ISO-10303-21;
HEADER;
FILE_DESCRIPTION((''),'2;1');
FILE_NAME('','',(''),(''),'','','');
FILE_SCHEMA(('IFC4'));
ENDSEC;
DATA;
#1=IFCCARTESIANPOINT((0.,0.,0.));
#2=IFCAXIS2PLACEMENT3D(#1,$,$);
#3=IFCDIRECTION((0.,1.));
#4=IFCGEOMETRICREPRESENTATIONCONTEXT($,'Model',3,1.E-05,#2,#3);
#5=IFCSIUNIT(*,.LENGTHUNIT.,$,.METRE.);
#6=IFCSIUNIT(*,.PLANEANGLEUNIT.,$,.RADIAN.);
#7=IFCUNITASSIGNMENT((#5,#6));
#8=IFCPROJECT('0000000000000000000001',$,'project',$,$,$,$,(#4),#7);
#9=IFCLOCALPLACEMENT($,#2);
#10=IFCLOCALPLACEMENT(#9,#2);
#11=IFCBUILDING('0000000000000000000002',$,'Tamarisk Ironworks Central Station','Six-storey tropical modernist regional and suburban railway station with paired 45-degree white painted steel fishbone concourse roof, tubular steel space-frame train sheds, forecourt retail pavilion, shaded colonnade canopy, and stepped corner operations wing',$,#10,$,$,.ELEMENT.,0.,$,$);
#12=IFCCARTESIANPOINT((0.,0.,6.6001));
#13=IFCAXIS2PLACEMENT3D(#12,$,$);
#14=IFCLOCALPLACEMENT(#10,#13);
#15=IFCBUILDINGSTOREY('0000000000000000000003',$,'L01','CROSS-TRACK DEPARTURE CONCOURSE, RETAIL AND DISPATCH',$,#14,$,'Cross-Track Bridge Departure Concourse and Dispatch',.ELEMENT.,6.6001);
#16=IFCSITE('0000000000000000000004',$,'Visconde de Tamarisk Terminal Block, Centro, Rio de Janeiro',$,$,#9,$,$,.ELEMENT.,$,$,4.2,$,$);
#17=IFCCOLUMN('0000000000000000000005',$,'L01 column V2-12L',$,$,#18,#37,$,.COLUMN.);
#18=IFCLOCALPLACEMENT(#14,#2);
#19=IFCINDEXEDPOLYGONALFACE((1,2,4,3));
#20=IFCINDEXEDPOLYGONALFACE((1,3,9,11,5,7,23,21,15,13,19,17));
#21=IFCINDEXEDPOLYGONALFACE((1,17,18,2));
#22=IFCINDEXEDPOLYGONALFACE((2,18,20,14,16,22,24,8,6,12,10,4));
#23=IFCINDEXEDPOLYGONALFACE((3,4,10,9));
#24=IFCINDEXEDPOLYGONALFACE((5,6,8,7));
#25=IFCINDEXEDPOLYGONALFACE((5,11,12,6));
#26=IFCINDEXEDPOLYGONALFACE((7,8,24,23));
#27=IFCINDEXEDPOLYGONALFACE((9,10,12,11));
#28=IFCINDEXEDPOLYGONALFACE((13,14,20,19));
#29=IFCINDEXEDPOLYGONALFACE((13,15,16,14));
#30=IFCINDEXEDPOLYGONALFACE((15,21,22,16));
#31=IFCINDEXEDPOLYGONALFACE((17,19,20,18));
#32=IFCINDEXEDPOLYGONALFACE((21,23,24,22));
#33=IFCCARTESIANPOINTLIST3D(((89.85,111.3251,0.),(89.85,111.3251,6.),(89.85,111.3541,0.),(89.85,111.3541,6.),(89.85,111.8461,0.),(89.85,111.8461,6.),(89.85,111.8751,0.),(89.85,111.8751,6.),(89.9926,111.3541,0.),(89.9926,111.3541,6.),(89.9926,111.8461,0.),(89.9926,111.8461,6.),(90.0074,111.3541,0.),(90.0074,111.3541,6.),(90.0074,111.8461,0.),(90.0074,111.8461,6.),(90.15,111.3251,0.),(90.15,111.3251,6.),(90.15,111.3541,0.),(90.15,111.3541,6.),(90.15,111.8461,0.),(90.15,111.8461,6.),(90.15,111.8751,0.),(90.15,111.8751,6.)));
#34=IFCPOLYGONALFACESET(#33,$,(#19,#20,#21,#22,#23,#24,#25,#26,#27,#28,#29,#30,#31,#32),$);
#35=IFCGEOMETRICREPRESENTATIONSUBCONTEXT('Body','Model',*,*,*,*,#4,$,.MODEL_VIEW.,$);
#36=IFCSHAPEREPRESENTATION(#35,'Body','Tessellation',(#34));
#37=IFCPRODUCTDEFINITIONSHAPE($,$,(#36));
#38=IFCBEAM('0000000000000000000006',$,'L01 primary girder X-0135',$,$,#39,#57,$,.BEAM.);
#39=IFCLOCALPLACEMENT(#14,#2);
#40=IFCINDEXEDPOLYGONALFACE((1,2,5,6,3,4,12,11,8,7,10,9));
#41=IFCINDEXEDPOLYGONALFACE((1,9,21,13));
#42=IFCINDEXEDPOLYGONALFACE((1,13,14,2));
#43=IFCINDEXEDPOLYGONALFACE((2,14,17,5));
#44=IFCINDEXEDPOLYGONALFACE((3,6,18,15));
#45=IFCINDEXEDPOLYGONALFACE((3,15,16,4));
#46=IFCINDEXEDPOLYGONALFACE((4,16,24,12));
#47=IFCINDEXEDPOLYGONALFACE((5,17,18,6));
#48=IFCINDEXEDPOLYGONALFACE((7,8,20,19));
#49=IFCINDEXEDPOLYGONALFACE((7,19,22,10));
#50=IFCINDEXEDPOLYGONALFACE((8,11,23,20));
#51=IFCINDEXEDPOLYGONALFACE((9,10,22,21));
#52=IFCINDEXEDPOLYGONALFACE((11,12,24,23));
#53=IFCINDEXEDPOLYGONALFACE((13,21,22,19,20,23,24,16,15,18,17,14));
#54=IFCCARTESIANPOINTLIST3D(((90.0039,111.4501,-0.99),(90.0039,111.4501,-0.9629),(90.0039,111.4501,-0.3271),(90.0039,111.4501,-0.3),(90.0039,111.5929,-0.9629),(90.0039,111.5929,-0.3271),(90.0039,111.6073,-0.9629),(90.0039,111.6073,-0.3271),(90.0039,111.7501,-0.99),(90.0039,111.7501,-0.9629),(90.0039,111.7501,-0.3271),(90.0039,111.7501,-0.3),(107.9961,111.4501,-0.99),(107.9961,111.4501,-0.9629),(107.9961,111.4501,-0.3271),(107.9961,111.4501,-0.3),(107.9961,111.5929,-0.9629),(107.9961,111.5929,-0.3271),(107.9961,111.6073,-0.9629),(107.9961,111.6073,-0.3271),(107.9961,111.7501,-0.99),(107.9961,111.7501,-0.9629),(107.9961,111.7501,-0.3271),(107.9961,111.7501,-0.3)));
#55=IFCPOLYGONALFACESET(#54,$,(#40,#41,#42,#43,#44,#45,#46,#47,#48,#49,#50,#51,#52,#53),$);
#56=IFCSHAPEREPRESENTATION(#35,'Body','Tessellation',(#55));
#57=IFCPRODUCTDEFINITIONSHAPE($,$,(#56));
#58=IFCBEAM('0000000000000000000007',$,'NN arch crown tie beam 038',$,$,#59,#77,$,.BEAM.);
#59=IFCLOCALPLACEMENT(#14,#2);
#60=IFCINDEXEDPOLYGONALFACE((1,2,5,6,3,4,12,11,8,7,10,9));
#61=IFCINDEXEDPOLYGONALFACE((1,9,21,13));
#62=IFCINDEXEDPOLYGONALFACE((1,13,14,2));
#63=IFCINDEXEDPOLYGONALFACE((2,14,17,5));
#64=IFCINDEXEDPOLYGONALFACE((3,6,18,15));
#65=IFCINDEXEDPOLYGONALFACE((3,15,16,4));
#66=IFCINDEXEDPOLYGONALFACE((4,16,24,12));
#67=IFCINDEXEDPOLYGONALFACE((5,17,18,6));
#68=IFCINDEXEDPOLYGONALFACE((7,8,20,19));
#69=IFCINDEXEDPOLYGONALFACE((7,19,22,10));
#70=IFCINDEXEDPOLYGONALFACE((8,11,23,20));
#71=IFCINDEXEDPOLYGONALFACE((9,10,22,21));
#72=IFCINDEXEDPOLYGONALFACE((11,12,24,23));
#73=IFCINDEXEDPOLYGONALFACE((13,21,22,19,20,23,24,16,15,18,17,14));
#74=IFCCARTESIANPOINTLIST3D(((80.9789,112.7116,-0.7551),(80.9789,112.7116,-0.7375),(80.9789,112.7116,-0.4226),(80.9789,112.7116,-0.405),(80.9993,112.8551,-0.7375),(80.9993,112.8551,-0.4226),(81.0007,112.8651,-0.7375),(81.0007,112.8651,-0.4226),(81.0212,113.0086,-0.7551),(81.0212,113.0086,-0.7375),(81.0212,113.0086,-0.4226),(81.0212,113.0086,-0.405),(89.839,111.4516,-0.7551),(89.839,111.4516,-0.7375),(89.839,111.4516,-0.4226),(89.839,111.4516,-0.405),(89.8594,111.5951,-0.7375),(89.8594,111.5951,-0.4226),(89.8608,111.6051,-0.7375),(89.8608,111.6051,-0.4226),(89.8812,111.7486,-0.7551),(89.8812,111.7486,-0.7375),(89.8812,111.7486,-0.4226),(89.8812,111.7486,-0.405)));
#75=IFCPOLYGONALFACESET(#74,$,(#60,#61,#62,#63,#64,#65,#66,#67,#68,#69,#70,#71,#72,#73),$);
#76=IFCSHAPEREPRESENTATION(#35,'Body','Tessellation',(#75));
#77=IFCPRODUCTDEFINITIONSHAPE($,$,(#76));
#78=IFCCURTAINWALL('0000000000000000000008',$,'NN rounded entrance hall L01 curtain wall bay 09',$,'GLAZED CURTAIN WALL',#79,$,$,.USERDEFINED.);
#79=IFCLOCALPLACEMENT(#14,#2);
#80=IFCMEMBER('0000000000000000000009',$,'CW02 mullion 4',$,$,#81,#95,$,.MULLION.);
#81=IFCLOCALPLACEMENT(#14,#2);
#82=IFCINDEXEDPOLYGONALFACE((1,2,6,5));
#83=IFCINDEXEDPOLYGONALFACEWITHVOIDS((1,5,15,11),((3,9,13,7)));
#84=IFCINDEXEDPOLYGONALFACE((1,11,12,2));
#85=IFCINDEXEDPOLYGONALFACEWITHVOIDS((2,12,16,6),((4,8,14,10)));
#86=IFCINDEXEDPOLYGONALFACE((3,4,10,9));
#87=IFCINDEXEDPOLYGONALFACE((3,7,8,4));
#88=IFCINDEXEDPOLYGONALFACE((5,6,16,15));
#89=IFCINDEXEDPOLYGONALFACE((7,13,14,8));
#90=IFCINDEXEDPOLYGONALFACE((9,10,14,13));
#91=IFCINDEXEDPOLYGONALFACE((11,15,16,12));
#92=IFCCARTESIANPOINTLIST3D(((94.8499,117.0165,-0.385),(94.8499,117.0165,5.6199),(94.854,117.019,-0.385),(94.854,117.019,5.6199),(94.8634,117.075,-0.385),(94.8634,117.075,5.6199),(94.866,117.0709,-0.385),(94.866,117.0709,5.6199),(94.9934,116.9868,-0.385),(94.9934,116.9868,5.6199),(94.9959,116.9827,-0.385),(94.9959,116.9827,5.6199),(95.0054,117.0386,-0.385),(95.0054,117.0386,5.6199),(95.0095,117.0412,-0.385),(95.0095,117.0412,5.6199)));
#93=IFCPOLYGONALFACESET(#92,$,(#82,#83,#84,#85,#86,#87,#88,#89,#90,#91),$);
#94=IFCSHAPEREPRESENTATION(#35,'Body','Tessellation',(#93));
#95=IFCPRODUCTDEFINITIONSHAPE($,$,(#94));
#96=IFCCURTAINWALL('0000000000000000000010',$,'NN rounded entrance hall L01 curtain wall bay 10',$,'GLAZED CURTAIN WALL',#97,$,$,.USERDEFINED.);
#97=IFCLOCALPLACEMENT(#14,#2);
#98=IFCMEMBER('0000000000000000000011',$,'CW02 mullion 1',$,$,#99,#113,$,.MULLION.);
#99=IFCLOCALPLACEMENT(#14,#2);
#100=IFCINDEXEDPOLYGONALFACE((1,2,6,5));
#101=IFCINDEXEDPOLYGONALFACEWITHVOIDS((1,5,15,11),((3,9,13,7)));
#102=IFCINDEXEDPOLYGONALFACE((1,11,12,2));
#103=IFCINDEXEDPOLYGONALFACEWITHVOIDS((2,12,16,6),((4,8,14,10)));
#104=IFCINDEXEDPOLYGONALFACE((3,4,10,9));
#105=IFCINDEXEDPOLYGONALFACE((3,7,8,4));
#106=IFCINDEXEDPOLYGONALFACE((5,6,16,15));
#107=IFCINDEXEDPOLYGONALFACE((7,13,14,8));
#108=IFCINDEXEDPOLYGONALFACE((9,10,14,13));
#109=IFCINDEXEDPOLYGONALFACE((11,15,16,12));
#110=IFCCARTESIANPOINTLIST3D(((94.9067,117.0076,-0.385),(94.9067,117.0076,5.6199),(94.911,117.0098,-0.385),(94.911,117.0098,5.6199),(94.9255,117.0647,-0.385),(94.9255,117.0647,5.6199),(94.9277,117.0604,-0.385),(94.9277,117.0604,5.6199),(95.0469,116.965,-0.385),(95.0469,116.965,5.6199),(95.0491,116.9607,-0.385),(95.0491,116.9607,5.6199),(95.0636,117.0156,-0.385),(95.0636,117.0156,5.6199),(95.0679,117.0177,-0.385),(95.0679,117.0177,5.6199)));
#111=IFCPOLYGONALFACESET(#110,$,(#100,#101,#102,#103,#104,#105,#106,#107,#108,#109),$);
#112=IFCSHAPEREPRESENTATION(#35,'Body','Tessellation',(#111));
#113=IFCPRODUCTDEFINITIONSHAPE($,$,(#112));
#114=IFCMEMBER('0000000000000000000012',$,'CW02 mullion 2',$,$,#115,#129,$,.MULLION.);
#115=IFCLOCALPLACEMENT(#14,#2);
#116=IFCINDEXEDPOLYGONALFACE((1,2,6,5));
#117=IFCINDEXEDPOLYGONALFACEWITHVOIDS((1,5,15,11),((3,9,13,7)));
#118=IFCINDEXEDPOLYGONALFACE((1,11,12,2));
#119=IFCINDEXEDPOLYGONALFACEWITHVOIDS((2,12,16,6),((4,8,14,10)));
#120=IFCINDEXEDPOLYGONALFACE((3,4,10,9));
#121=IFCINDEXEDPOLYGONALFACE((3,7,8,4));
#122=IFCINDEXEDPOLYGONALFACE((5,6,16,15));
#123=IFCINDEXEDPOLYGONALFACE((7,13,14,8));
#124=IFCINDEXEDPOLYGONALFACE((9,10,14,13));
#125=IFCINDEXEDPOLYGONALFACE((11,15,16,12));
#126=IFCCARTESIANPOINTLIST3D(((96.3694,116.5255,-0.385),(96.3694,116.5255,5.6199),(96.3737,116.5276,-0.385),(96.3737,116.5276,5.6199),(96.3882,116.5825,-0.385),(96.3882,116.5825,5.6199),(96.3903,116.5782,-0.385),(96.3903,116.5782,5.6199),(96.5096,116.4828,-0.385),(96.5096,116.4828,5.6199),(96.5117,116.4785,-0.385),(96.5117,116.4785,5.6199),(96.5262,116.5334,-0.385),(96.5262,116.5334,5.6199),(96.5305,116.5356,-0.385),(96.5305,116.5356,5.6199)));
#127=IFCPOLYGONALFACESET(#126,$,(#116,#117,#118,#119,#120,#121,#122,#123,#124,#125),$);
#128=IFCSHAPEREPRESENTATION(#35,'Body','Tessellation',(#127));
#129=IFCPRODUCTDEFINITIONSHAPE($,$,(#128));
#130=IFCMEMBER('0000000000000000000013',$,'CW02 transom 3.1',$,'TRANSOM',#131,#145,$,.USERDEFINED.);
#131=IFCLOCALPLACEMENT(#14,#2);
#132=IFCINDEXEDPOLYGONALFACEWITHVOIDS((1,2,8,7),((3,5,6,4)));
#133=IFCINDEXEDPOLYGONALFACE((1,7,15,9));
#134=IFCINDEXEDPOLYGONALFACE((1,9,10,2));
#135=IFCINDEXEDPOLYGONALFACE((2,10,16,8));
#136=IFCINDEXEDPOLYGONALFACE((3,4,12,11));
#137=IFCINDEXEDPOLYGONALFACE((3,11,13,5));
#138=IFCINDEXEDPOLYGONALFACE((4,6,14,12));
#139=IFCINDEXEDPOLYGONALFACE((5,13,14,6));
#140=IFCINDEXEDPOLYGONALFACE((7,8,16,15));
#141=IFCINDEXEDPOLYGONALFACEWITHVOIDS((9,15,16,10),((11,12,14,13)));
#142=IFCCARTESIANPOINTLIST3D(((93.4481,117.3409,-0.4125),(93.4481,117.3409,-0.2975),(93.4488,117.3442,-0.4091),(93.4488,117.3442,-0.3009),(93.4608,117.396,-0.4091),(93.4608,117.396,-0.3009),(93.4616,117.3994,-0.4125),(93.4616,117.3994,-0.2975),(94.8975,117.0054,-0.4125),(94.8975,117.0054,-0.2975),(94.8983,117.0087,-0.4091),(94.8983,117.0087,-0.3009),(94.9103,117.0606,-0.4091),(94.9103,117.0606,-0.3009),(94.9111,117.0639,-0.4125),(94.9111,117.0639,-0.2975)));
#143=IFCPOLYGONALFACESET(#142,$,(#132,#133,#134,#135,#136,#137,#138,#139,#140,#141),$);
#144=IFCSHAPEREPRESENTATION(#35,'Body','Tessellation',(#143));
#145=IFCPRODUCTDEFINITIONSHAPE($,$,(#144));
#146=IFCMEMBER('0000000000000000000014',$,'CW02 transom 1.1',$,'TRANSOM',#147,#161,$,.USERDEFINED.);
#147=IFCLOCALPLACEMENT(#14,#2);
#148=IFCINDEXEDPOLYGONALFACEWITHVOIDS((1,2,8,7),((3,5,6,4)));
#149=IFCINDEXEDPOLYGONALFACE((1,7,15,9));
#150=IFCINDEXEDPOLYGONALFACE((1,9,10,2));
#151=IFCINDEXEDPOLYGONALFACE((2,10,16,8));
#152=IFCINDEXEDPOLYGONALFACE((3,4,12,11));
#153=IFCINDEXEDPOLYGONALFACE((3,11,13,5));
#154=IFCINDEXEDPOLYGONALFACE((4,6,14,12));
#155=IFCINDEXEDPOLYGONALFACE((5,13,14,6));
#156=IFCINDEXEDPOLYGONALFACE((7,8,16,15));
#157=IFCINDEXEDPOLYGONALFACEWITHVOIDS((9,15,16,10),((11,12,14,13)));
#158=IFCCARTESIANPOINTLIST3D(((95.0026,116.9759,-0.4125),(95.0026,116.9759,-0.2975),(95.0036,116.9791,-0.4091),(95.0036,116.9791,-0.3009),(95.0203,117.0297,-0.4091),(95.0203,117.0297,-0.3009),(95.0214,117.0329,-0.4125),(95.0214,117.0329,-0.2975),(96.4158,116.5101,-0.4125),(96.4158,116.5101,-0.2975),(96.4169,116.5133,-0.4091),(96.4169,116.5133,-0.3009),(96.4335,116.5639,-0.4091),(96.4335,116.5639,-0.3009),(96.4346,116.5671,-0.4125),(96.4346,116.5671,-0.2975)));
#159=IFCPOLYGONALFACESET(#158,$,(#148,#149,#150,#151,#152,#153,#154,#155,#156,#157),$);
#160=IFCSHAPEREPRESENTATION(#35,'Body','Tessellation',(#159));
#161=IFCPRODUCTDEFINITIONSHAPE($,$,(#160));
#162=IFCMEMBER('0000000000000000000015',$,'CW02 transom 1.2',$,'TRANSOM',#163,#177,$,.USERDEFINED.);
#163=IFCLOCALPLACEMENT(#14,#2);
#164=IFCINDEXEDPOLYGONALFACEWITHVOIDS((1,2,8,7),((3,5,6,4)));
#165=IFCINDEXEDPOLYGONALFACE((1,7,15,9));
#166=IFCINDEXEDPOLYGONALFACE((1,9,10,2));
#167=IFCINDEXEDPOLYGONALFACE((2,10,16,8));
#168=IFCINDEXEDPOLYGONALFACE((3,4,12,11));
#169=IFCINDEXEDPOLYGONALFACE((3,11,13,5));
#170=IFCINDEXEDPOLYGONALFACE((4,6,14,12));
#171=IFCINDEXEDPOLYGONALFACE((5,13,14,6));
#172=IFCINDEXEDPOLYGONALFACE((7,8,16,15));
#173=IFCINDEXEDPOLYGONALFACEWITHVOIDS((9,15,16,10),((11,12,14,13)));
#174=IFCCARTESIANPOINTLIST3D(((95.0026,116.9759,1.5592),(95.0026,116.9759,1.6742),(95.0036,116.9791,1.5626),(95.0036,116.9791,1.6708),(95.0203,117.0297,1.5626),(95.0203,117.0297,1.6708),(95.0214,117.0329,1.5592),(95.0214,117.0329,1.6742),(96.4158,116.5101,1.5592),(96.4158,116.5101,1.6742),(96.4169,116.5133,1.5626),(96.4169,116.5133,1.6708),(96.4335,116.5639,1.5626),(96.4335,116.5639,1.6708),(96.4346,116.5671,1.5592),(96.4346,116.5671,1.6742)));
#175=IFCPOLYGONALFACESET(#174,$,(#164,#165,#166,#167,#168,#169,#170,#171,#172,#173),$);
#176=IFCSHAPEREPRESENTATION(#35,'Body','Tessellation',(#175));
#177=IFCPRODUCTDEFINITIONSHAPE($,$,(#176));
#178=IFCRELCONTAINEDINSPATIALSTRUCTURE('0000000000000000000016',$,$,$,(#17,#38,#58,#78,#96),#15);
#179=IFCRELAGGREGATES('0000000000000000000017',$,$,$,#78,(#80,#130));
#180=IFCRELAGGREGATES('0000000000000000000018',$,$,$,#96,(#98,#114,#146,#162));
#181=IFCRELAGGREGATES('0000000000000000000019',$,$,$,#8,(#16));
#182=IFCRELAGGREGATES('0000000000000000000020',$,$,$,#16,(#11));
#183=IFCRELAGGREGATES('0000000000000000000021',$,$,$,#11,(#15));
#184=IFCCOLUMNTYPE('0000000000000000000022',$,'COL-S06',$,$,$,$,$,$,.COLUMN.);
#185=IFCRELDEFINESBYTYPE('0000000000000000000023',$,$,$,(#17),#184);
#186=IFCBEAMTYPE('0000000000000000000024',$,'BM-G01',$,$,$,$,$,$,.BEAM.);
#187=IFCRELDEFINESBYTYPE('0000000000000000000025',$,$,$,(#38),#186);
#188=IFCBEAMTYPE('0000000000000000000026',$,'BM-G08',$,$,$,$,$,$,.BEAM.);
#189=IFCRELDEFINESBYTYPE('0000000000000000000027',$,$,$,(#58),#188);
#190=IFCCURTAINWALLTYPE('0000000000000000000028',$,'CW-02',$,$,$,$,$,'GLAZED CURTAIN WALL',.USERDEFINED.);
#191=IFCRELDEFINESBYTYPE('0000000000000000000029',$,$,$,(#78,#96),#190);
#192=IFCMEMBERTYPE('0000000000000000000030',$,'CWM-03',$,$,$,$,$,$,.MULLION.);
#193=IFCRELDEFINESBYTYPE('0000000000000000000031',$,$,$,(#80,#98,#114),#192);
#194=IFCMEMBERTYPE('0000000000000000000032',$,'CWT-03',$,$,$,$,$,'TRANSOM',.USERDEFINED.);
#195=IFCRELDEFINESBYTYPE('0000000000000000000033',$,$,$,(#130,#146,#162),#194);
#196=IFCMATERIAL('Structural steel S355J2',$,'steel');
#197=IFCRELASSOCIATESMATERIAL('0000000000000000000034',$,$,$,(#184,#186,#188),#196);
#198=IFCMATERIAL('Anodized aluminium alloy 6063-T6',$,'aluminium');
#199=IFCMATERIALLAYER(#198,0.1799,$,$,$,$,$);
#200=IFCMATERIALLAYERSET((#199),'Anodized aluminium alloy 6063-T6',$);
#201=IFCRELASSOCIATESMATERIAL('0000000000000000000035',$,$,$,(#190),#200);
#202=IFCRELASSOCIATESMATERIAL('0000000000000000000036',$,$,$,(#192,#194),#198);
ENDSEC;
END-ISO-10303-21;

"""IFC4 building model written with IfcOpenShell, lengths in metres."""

from ifc_helpers import new_model, si_unit, direction, frame, origin, origin_2d, place, context, subcontext, project, spatial, hollow_rectangle, i_section, extrude, material, layer, layer_set, material_profile, profile_set, type_object, element, aggregate, save


model = new_model("IFC4")

# Units and contexts
model_context = context("Model", 3, precision=1e-05, world=origin(), true_north=direction((0.0, 1.0)))
body_context = subcontext(model_context, "Body", "Model", "MODEL_VIEW")
ifc_project = project(units=[si_unit("LENGTHUNIT", "METRE"), si_unit("PLANEANGLEUNIT", "RADIAN")], contexts=[model_context])

# Site, building, storey
site_placement = place(None, origin())
site = spatial("IfcSite", under=ifc_project, at=site_placement, Name="Visconde de Tamarisk Terminal Block, Centro, Rio de Janeiro", CompositionType="ELEMENT", RefElevation=4.2)
building_placement = place(site_placement, origin())
building = spatial("IfcBuilding", under=site, at=building_placement, Name="Tamarisk Ironworks Central Station", Description="Six-storey tropical modernist regional and suburban railway station with paired 45-degree white painted steel fishbone concourse roof, tubular steel space-frame train sheds, forecourt retail pavilion, shaded colonnade canopy, and stepped corner operations wing", CompositionType="ELEMENT", ElevationOfRefHeight=0.0)
storey_placement = place(building_placement, frame((0.0, 0.0, 6.6001)))
storey = spatial("IfcBuildingStorey", under=building, at=storey_placement, Name="L01", Description="CROSS-TRACK DEPARTURE CONCOURSE, RETAIL AND DISPATCH", LongName="Cross-Track Bridge Departure Concourse and Dispatch", CompositionType="ELEMENT", Elevation=6.6001)

# Column
ifc_material_1 = material(Name="Structural steel S355J2", Category="steel")
ifc_material_profile_1 = material_profile(ifc_material_1, i_section(OverallWidth=0.3, OverallDepth=0.55, WebThickness=0.0149, FlangeThickness=0.0291, at=origin_2d()), Name="HEB 550")
ifc_profile_set_1 = profile_set([ifc_material_profile_1], Name="Structural steel S355J2")
column_type = type_object("IfcColumnType", Name="COL-S06", PredefinedType="COLUMN", material=ifc_profile_set_1)
column_placement = place(storey_placement, frame((90.0, 111.6001, 0.0), z_axis=(0.0, 0.0, 1.0), x_axis=(1.0, 0.0, 0.0)))
element("IfcColumn", 1, at=column_placement, inside=storey, type_object=column_type, Name="L01 column V2-12L", PredefinedType="COLUMN", context=body_context, shape_type="SweptSolid", body=[
    extrude(i_section(OverallWidth=0.3, OverallDepth=0.55, WebThickness=0.0149, FlangeThickness=0.0291, at=origin_2d()), origin(), (0.0, 0.0, 1.0), 6.0),
])

# Beams
ifc_material_profile_2 = material_profile(ifc_material_1, i_section(OverallWidth=0.3, OverallDepth=0.6899, WebThickness=0.0144, FlangeThickness=0.0271, at=origin_2d()), Name="HEA 700")
ifc_profile_set_2 = profile_set([ifc_material_profile_2], Name="Structural steel S355J2")
beam_type_1 = type_object("IfcBeamType", Name="BM-G01", PredefinedType="BEAM", material=ifc_profile_set_2)
beam_1_placement = place(storey_placement, frame((90.0039, 111.6001, -0.645), z_axis=(1.0, 0.0, 0.0), x_axis=(0.0, 1.0, 0.0)))
element("IfcBeam", 2, at=beam_1_placement, inside=storey, type_object=beam_type_1, Name="L01 primary girder X-0135", PredefinedType="BEAM", context=body_context, shape_type="SweptSolid", body=[
    extrude(i_section(OverallWidth=0.3, OverallDepth=0.6899, WebThickness=0.0144, FlangeThickness=0.0271, at=origin_2d()), origin(), (0.0, 0.0, 1.0), 17.9922),
])
ifc_material_profile_3 = material_profile(ifc_material_1, i_section(OverallWidth=0.3, OverallDepth=0.3501, WebThickness=0.01, FlangeThickness=0.0176, at=origin_2d()), Name="HEA 360")
ifc_profile_set_3 = profile_set([ifc_material_profile_3], Name="Structural steel S355J2")
beam_type_2 = type_object("IfcBeamType", Name="BM-G08", PredefinedType="BEAM", material=ifc_profile_set_3)
beam_2_placement = place(storey_placement, frame((89.8601, 111.6001, -0.5801), z_axis=(-0.990039, 0.140795, 0.0), x_axis=(-0.140795, -0.990039, 0.0)))
element("IfcBeam", 3, at=beam_2_placement, inside=storey, type_object=beam_type_2, Name="NN arch crown tie beam 038", PredefinedType="BEAM", context=body_context, shape_type="SweptSolid", body=[
    extrude(i_section(OverallWidth=0.3, OverallDepth=0.3501, WebThickness=0.01, FlangeThickness=0.0176, at=origin_2d()), origin(), (0.0, 0.0, 1.0), 8.9492),
])

# Curtain wall, member
ifc_material_2 = material(Name="Anodized aluminium alloy 6063-T6", Category="aluminium")
ifc_layer_1 = layer(ifc_material_2, 0.1799)
ifc_layer_set_1 = layer_set([ifc_layer_1], Name="Anodized aluminium alloy 6063-T6")
curtain_wall_type = type_object("IfcCurtainWallType", Name="CW-02", ElementType="GLAZED CURTAIN WALL", PredefinedType="USERDEFINED", material=ifc_layer_set_1)
curtain_wall_1_placement = place(storey_placement, origin())
curtain_wall_1 = element("IfcCurtainWall", 4, at=curtain_wall_1_placement, inside=storey, type_object=curtain_wall_type, Name="NN rounded entrance hall L01 curtain wall bay 09", ObjectType="GLAZED CURTAIN WALL", PredefinedType="USERDEFINED")
ifc_material_profile_4 = material_profile(ifc_material_2, hollow_rectangle(XDim=0.0601, YDim=0.1499, WallThickness=0.0034, at=origin_2d()), Name="ALUM 150x60")
ifc_profile_set_4 = profile_set([ifc_material_profile_4], Name="Anodized aluminium alloy 6063-T6")
member_type_1 = type_object("IfcMemberType", Name="CWM-03", PredefinedType="MULLION", material=ifc_profile_set_4)
member_1_placement = place(storey_placement, frame((94.9297, 117.0288, -0.385), z_axis=(0.0, 0.0, 1.0), x_axis=(0.225517, 0.974239, 0.0)))
member_1 = element("IfcMember", 5, at=member_1_placement, type_object=member_type_1, Name="CW02 mullion 4", PredefinedType="MULLION", context=body_context, shape_type="SweptSolid", body=[
    extrude(hollow_rectangle(XDim=0.0601, YDim=0.1499, WallThickness=0.0034, at=origin_2d()), origin(), (0.0, 0.0, 1.0), 6.0049),
])

# Curtain wall, members
curtain_wall_2_placement = place(storey_placement, origin())
curtain_wall_2 = element("IfcCurtainWall", 6, at=curtain_wall_2_placement, inside=storey, type_object=curtain_wall_type, Name="NN rounded entrance hall L01 curtain wall bay 10", ObjectType="GLAZED CURTAIN WALL", PredefinedType="USERDEFINED")
member_2_placement = place(storey_placement, frame((94.9873, 117.0127, -0.385), z_axis=(0.0, 0.0, 1.0), x_axis=(0.313098, 0.949721, 0.0)))
member_2 = element("IfcMember", 7, at=member_2_placement, type_object=member_type_1, Name="CW02 mullion 1", PredefinedType="MULLION", context=body_context, shape_type="SweptSolid", body=[
    extrude(hollow_rectangle(XDim=0.0601, YDim=0.1499, WallThickness=0.0034, at=origin_2d()), origin(), (0.0, 0.0, 1.0), 6.0049),
])
member_3_placement = place(storey_placement, frame((96.45, 116.5305, -0.385), z_axis=(0.0, 0.0, 1.0), x_axis=(0.313098, 0.949721, 0.0)))
member_3 = element("IfcMember", 8, at=member_3_placement, type_object=member_type_1, Name="CW02 mullion 2", PredefinedType="MULLION", context=body_context, shape_type="SweptSolid", body=[
    extrude(hollow_rectangle(XDim=0.0601, YDim=0.1499, WallThickness=0.0034, at=origin_2d()), origin(), (0.0, 0.0, 1.0), 6.0049),
])

# Members
ifc_material_profile_5 = material_profile(ifc_material_2, hollow_rectangle(XDim=0.0601, YDim=0.115, WallThickness=0.0034, at=origin_2d()), Name="ALUM 115x60")
ifc_profile_set_5 = profile_set([ifc_material_profile_5], Name="Anodized aluminium alloy 6063-T6")
member_type_2 = type_object("IfcMemberType", Name="CWT-03", ElementType="TRANSOM", PredefinedType="USERDEFINED", material=ifc_profile_set_5)
member_4_placement = place(storey_placement, frame((93.4548, 117.3701, -0.355), z_axis=(0.97425, -0.225471, 0.0), x_axis=(0.225471, 0.97425, 0.0)))
member_4 = element("IfcMember", 9, at=member_4_placement, type_object=member_type_2, Name="CW02 transom 3.1", ObjectType="TRANSOM", PredefinedType="USERDEFINED", context=body_context, shape_type="SweptSolid", body=[
    extrude(hollow_rectangle(XDim=0.0601, YDim=0.115, WallThickness=0.0034, at=origin_2d()), origin(), (0.0, 0.0, 1.0), 1.4878),
])
member_5_placement = place(storey_placement, frame((95.012, 117.0044, -0.355), z_axis=(0.949744, -0.313027, 0.0), x_axis=(0.313027, 0.949744, 0.0)))
member_5 = element("IfcMember", 10, at=member_5_placement, type_object=member_type_2, Name="CW02 transom 1.1", ObjectType="TRANSOM", PredefinedType="USERDEFINED", context=body_context, shape_type="SweptSolid", body=[
    extrude(hollow_rectangle(XDim=0.0601, YDim=0.115, WallThickness=0.0034, at=origin_2d()), origin(), (0.0, 0.0, 1.0), 1.488),
])
member_6_placement = place(storey_placement, frame((95.012, 117.0044, 1.6167), z_axis=(0.949744, -0.313027, 0.0), x_axis=(0.313027, 0.949744, 0.0)))
member_6 = element("IfcMember", 11, at=member_6_placement, type_object=member_type_2, Name="CW02 transom 1.2", ObjectType="TRANSOM", PredefinedType="USERDEFINED", context=body_context, shape_type="SweptSolid", body=[
    extrude(hollow_rectangle(XDim=0.0601, YDim=0.115, WallThickness=0.0034, at=origin_2d()), origin(), (0.0, 0.0, 1.0), 1.488),
])

aggregate(curtain_wall_1, [member_1, member_4])
aggregate(curtain_wall_2, [member_2, member_3, member_5, member_6])

save(model, "model.ifc")
